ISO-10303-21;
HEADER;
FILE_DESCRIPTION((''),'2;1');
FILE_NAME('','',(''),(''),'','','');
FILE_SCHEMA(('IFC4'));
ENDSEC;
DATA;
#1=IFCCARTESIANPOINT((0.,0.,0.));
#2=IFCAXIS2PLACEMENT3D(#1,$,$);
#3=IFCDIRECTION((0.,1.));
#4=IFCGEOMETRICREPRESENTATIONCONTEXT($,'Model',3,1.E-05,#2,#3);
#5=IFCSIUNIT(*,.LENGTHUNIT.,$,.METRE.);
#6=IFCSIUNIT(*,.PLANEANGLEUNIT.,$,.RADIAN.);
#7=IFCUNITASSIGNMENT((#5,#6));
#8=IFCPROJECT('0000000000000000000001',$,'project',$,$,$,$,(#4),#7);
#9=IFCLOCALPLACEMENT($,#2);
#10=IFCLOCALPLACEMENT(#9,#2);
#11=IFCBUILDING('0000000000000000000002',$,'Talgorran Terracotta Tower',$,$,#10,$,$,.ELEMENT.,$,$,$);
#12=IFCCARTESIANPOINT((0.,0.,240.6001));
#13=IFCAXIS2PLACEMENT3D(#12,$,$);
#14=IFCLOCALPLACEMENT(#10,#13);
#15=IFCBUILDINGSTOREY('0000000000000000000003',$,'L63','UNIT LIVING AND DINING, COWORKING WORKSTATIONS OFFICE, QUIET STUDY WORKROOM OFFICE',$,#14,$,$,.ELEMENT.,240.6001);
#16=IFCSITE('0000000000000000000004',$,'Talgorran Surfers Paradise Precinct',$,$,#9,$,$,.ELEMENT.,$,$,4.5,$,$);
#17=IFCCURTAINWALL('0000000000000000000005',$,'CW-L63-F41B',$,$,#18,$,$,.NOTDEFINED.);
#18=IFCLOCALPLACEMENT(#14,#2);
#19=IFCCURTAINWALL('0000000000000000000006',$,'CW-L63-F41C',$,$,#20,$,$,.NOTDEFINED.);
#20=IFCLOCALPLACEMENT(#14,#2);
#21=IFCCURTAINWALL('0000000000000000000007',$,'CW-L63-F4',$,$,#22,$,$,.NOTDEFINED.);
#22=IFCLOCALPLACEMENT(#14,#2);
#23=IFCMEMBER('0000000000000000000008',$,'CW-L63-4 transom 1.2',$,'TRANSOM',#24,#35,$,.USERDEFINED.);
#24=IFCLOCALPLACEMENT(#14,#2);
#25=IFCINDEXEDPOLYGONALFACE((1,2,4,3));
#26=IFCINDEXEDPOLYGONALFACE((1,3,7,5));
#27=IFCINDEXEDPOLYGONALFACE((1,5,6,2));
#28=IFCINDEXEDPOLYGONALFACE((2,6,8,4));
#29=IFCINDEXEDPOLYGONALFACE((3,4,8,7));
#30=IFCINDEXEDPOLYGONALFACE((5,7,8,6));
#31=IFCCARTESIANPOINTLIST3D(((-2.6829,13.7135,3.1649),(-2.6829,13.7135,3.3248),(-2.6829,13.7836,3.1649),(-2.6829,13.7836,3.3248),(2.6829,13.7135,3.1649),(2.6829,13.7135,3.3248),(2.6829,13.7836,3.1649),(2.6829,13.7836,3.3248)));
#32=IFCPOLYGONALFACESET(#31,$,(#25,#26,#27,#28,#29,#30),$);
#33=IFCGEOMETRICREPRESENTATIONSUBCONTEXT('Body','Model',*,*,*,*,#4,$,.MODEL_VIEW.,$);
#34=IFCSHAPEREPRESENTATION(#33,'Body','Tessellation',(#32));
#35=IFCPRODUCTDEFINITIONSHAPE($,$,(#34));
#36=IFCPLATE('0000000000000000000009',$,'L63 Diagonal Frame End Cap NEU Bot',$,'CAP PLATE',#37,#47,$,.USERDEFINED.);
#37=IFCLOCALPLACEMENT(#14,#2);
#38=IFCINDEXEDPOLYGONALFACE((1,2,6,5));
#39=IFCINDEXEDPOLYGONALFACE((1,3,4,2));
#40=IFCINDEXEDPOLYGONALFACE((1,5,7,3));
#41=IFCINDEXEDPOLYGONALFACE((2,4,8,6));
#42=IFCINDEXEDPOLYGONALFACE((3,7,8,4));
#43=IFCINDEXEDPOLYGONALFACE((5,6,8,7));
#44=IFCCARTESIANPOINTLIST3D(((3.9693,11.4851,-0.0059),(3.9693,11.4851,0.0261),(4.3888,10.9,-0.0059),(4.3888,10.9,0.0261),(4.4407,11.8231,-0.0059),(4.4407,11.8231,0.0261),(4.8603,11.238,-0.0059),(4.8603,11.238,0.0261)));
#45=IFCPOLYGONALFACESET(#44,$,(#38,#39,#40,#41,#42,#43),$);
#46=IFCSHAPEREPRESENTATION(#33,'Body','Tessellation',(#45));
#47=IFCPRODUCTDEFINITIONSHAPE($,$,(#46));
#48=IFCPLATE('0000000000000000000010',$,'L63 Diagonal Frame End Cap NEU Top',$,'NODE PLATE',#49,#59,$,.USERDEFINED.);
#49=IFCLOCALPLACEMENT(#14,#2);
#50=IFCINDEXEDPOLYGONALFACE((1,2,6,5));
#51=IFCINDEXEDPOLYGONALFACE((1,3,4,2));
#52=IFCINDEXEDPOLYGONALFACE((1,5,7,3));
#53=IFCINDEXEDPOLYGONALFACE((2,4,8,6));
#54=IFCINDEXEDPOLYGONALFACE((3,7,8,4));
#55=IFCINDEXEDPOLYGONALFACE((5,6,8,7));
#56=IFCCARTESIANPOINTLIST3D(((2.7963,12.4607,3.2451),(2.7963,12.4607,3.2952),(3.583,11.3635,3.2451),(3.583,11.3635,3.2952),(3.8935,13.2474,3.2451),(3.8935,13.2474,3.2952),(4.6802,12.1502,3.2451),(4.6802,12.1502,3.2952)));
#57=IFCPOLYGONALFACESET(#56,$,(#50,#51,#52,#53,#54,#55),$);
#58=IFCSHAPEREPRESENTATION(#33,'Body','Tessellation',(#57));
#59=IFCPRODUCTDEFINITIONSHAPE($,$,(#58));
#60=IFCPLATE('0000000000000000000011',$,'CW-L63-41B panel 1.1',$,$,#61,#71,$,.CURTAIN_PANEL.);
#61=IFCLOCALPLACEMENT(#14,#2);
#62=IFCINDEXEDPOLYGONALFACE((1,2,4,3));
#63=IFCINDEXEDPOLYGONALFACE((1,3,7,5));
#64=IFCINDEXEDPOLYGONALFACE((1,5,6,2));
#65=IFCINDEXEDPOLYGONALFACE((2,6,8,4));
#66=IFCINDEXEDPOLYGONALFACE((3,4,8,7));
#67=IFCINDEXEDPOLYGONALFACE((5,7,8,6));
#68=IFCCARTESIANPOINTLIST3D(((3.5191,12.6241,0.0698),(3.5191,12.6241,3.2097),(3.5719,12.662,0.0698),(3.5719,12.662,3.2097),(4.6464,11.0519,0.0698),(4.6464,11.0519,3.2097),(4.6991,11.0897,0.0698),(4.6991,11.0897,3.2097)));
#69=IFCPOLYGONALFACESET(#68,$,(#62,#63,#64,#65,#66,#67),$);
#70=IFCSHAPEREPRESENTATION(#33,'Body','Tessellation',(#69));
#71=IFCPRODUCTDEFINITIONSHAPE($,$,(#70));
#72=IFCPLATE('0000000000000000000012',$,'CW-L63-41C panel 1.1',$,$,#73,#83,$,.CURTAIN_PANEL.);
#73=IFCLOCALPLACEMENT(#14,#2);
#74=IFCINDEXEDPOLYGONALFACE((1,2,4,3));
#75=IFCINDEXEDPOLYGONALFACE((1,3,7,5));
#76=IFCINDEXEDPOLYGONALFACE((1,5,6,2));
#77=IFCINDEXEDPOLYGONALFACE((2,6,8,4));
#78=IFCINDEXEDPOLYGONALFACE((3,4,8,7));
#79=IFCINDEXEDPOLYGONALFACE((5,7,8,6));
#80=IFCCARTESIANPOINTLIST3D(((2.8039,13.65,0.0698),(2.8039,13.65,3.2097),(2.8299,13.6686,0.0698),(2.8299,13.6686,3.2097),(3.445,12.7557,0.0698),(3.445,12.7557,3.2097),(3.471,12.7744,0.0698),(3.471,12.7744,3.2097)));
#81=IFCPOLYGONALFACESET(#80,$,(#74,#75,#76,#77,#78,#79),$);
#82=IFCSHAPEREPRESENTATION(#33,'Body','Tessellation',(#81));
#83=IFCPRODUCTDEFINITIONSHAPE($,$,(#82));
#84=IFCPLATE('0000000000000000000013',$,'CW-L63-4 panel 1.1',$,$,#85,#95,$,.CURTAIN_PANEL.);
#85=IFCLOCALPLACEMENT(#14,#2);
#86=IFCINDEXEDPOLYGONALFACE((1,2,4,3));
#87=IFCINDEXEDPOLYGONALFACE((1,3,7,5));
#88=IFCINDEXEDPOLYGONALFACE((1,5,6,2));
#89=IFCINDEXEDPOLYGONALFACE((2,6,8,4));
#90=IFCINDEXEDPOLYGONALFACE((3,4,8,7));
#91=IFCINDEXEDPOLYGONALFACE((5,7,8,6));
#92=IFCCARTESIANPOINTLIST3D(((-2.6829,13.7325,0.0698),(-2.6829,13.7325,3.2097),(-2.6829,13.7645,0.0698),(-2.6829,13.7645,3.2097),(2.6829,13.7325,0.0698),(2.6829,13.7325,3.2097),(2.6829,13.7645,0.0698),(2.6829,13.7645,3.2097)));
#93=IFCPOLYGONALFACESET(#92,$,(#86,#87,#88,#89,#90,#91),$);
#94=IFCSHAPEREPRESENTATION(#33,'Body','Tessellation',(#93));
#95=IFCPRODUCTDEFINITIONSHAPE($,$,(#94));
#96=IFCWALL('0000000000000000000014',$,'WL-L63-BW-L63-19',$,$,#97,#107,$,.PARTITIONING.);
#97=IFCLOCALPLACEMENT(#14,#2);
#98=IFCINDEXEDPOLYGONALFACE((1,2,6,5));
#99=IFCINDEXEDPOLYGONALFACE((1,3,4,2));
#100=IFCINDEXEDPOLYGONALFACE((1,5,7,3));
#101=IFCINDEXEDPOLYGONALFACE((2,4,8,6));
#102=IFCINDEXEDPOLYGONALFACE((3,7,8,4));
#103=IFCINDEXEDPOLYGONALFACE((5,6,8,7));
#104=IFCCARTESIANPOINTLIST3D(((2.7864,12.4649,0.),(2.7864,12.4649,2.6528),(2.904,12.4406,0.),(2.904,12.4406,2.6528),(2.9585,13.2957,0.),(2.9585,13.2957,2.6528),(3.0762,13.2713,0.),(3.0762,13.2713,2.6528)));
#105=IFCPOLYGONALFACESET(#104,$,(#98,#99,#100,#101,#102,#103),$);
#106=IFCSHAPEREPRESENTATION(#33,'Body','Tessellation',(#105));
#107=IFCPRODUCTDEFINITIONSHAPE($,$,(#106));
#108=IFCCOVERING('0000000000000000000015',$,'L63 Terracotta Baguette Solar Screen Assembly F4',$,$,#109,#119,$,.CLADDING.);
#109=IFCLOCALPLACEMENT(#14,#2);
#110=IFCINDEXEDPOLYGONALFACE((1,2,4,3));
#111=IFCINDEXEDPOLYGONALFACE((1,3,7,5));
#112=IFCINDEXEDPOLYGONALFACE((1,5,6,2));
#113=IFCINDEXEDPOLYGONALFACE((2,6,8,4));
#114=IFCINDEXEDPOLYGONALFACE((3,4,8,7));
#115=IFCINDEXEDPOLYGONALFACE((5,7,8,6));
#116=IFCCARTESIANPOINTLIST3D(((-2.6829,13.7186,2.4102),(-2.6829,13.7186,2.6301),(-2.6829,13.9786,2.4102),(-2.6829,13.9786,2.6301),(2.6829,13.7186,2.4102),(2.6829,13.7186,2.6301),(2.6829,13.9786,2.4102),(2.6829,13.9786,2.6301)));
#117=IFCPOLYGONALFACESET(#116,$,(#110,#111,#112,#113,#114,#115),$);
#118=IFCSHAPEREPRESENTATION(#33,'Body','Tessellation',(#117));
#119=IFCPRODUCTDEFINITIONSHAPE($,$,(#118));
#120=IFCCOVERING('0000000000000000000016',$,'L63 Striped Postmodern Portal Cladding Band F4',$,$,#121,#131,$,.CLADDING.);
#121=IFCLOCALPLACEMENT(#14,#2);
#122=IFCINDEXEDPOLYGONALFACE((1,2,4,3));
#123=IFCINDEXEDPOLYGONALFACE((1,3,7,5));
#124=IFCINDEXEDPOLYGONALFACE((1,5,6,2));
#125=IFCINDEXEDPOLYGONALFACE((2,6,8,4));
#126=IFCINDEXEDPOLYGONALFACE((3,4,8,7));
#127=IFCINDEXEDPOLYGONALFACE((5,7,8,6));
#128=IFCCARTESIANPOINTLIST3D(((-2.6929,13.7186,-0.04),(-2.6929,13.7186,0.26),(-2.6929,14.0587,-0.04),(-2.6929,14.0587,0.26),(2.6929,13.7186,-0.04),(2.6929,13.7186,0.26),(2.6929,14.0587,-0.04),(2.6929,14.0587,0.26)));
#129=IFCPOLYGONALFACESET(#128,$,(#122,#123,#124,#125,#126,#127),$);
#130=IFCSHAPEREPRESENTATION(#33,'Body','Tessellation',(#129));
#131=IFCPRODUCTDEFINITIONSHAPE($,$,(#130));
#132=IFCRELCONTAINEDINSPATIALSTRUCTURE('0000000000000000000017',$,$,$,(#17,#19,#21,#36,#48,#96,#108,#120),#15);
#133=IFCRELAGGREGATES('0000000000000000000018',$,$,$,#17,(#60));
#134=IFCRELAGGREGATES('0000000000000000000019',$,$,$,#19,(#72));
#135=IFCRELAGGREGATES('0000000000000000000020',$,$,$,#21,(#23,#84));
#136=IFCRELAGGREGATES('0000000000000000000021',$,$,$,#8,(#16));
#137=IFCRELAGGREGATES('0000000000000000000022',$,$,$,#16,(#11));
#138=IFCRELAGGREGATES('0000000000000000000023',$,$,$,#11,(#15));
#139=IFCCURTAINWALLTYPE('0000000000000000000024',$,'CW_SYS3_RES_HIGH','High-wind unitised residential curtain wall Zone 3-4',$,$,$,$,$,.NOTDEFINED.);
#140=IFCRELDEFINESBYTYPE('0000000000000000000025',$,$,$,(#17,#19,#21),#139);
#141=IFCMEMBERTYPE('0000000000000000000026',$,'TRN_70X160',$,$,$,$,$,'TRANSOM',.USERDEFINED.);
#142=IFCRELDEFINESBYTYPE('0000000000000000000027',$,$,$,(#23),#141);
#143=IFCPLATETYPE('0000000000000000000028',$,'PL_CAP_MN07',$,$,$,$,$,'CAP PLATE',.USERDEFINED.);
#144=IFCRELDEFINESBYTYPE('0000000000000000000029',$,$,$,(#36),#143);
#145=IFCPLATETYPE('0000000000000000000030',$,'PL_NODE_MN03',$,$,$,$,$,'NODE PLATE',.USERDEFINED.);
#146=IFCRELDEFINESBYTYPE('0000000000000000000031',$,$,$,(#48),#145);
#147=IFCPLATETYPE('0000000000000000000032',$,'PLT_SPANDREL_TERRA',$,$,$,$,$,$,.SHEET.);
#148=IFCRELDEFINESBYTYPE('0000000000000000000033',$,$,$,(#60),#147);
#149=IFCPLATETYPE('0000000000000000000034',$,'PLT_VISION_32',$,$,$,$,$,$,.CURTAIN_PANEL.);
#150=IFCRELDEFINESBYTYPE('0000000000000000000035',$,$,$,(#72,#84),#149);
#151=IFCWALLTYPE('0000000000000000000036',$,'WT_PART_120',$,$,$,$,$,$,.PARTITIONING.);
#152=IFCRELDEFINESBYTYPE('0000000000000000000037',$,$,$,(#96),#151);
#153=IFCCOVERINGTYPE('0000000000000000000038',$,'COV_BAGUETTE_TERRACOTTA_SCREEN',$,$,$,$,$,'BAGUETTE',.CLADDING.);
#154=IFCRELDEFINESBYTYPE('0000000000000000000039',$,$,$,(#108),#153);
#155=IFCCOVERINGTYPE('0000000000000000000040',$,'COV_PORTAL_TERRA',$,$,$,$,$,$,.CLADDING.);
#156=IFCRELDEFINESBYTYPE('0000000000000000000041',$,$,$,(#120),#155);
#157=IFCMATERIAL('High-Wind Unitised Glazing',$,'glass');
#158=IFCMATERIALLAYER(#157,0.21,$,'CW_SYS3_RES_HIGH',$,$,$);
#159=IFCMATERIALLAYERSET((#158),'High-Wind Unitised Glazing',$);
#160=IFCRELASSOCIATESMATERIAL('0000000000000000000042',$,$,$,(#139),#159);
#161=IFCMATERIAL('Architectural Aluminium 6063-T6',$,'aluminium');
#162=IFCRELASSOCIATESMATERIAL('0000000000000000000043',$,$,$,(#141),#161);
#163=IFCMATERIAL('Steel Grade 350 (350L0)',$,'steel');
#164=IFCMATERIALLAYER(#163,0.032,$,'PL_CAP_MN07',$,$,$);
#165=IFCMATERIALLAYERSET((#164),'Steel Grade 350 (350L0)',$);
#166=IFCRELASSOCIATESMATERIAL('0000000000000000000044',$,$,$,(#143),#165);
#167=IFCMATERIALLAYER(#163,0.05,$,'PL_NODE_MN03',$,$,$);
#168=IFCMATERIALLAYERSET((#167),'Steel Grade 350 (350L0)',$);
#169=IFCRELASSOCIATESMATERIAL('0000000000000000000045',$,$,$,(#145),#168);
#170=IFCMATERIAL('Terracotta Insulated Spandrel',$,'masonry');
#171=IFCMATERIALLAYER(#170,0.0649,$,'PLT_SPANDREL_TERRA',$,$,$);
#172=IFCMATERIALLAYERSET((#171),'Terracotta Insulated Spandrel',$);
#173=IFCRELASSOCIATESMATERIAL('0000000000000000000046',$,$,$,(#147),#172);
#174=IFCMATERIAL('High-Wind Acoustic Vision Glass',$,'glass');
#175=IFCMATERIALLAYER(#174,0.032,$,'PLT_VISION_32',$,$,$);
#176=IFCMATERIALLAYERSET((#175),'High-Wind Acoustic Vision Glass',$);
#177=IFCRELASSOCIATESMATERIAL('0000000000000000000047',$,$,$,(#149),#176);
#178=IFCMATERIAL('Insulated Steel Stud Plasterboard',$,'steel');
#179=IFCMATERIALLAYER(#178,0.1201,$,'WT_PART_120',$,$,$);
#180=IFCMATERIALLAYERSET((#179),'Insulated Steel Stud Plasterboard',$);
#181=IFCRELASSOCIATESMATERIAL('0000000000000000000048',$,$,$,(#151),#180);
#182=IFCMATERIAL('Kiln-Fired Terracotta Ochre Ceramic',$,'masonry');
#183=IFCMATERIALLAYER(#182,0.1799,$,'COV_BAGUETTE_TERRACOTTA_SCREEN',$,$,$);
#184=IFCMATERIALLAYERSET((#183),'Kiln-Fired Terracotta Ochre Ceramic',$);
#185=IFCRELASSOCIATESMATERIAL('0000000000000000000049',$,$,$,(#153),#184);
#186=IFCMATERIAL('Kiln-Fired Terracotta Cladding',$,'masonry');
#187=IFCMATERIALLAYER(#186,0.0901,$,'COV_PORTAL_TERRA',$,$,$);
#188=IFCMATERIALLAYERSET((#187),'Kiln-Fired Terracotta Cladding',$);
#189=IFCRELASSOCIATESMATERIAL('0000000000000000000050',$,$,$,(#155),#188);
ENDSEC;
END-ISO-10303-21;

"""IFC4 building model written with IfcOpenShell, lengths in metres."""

from ifc_helpers import new_model, si_unit, direction, frame, frame_2d, origin, origin_2d, place, context, subcontext, project, spatial, rectangle, extrude, source, transform, mapped, material, layer, layer_set, material_profile, profile_set, type_object, type_shapes, element, aggregate, save


model = new_model("IFC4")

# Units and contexts
model_context = context("Model", 3, precision=1e-05, world=origin(), true_north=direction((0.0, 1.0)))
body_context = subcontext(model_context, "Body", "Model", "MODEL_VIEW")
ifc_project = project(units=[si_unit("LENGTHUNIT", "METRE"), si_unit("PLANEANGLEUNIT", "RADIAN")], contexts=[model_context])

# Site, building, storey
site_placement = place(None, origin())
site = spatial("IfcSite", under=ifc_project, at=site_placement, Name="Talgorran Surfers Paradise Precinct", CompositionType="ELEMENT", RefElevation=4.5)
building_placement = place(site_placement, origin())
building = spatial("IfcBuilding", under=site, at=building_placement, Name="Talgorran Terracotta Tower", CompositionType="ELEMENT")
storey_placement = place(building_placement, frame((0.0, 0.0, 240.6001)))
storey = spatial("IfcBuildingStorey", under=building, at=storey_placement, Name="L63", Description="UNIT LIVING AND DINING, COWORKING WORKSTATIONS OFFICE, QUIET STUDY WORKROOM OFFICE", CompositionType="ELEMENT", Elevation=240.6001)

# Shared definitions
ifc_material_1 = material(Name="Steel Grade 350 (350L0)", Category="steel")

# Curtain wall
ifc_material_2 = material(Name="High-Wind Unitised Glazing", Category="glass")
ifc_layer_1 = layer(ifc_material_2, 0.21, Name="CW_SYS3_RES_HIGH")
ifc_layer_set_1 = layer_set([ifc_layer_1], Name="High-Wind Unitised Glazing")
curtain_wall_type = type_object("IfcCurtainWallType", Name="CW_SYS3_RES_HIGH", Description="High-wind unitised residential curtain wall Zone 3-4", PredefinedType="NOTDEFINED", material=ifc_layer_set_1)
curtain_wall_1_placement = place(storey_placement, origin())
curtain_wall_1 = element("IfcCurtainWall", 1, at=curtain_wall_1_placement, inside=storey, type_object=curtain_wall_type, Name="CW-L63-F41B", PredefinedType="NOTDEFINED")
ifc_material_3 = material(Name="Architectural Aluminium 6063-T6", Category="aluminium")

# Curtain wall
curtain_wall_2_placement = place(storey_placement, origin())
curtain_wall_2 = element("IfcCurtainWall", 2, at=curtain_wall_2_placement, inside=storey, type_object=curtain_wall_type, Name="CW-L63-F41C", PredefinedType="NOTDEFINED")

# Curtain wall
curtain_wall_3_placement = place(storey_placement, origin())
curtain_wall_3 = element("IfcCurtainWall", 3, at=curtain_wall_3_placement, inside=storey, type_object=curtain_wall_type, Name="CW-L63-F4", PredefinedType="NOTDEFINED")

# Member
ifc_material_profile_1 = material_profile(ifc_material_3, rectangle(XDim=0.0701, YDim=0.1599, at=origin_2d()), Name="CWT70X160")
ifc_profile_set_1 = profile_set([ifc_material_profile_1], Name="Architectural Aluminium 6063-T6")
member_type_1 = type_object("IfcMemberType", Name="TRN_70X160", ElementType="TRANSOM", PredefinedType="USERDEFINED", material=ifc_profile_set_1)
member_1_placement = place(storey_placement, frame((2.6829, 13.7485, 3.2449), z_axis=(-1.0, 0.0, 0.0), x_axis=(0.0, -1.0, 0.0)))
member_1 = element("IfcMember", 4, at=member_1_placement, type_object=member_type_1, Name="CW-L63-4 transom 1.2", ObjectType="TRANSOM", PredefinedType="USERDEFINED", context=body_context, shape_type="SweptSolid", body=[
    extrude(rectangle(XDim=0.0701, YDim=0.1599, at=origin_2d()), origin(), (0.0, 0.0, 1.0), 5.3657),
])

# Plates
ifc_layer_2 = layer(ifc_material_1, 0.032, Name="PL_CAP_MN07")
ifc_layer_set_2 = layer_set([ifc_layer_2], Name="Steel Grade 350 (350L0)")
plate_type_1 = type_object("IfcPlateType", Name="PL_CAP_MN07", ElementType="CAP PLATE", PredefinedType="USERDEFINED", material=ifc_layer_set_2)
plate_1_placement = place(storey_placement, frame((4.4148, 11.3616, -0.0059), z_axis=(0.0, 0.0, 1.0), x_axis=(-0.58269, 0.812694, 0.0)))
element("IfcPlate", 5, at=plate_1_placement, inside=storey, type_object=plate_type_1, Name="L63 Diagonal Frame End Cap NEU Bot", ObjectType="CAP PLATE", PredefinedType="USERDEFINED", context=body_context, shape_type="SweptSolid", body=[
    extrude(rectangle(XDim=0.72, YDim=0.5801, at=origin_2d()), origin(), (0.0, 0.0, 1.0), 0.032),
])
ifc_layer_3 = layer(ifc_material_1, 0.05, Name="PL_NODE_MN03")
ifc_layer_set_3 = layer_set([ifc_layer_3], Name="Steel Grade 350 (350L0)")
plate_type_2 = type_object("IfcPlateType", Name="PL_NODE_MN03", ElementType="NODE PLATE", PredefinedType="USERDEFINED", material=ifc_layer_set_3)
plate_2_placement = place(storey_placement, frame((3.7383, 12.3054, 3.2451), z_axis=(0.0, 0.0, 1.0), x_axis=(-0.58269, 0.812694, 0.0)))
element("IfcPlate", 6, at=plate_2_placement, inside=storey, type_object=plate_type_2, Name="L63 Diagonal Frame End Cap NEU Top", ObjectType="NODE PLATE", PredefinedType="USERDEFINED", context=body_context, shape_type="SweptSolid", body=[
    extrude(rectangle(XDim=1.3501, YDim=1.3501, at=origin_2d()), origin(), (0.0, 0.0, 1.0), 0.05),
])

# Plates
ifc_material_4 = material(Name="Terracotta Insulated Spandrel", Category="masonry")
ifc_layer_4 = layer(ifc_material_4, 0.0649, Name="PLT_SPANDREL_TERRA")
ifc_layer_set_4 = layer_set([ifc_layer_4], Name="Terracotta Insulated Spandrel")
plate_type_3 = type_object("IfcPlateType", Name="PLT_SPANDREL_TERRA", PredefinedType="SHEET", material=ifc_layer_set_4)
shared_shape_1 = source(origin(), body_context, "Body", "SweptSolid", [
    extrude(rectangle(XDim=1.9346, YDim=0.0649, at=origin_2d()), origin(), (0.0, 0.0, 1.0), 3.1399),
])
type_shapes(plate_type_3, [shared_shape_1])
plate_3_placement = place(storey_placement, frame((4.1091, 11.8569, 0.0698), z_axis=(0.0, 0.0, 1.0), x_axis=(-0.582678, 0.812703, 0.0)))
plate_3 = element("IfcPlate", 7, at=plate_3_placement, type_object=plate_type_3, Name="CW-L63-41B panel 1.1", PredefinedType="CURTAIN_PANEL", context=body_context, shape_type="MappedRepresentation", body=[
    mapped(shared_shape_1, transform((0.0, 0.0, 0.0), scale=1.0)),
])
aggregate(curtain_wall_1, [plate_3])
ifc_material_5 = material(Name="High-Wind Acoustic Vision Glass", Category="glass")
ifc_layer_5 = layer(ifc_material_5, 0.032, Name="PLT_VISION_32")
ifc_layer_set_5 = layer_set([ifc_layer_5], Name="High-Wind Acoustic Vision Glass")
plate_type_4 = type_object("IfcPlateType", Name="PLT_VISION_32", PredefinedType="CURTAIN_PANEL", material=ifc_layer_set_5)
shared_shape_2 = source(origin(), body_context, "Body", "SweptSolid", [
    extrude(rectangle(XDim=1.1003, YDim=0.032, at=origin_2d()), origin(), (0.0, 0.0, 1.0), 3.1399),
])
plate_4_placement = place(storey_placement, frame((3.1375, 13.2122, 0.0698), z_axis=(0.0, 0.0, 1.0), x_axis=(-0.582679, 0.812703, 0.0)))
plate_4 = element("IfcPlate", 8, at=plate_4_placement, type_object=plate_type_4, Name="CW-L63-41C panel 1.1", PredefinedType="CURTAIN_PANEL", context=body_context, shape_type="MappedRepresentation", body=[
    mapped(shared_shape_2, transform((0.0, 0.0, 0.0), scale=1.0)),
])
aggregate(curtain_wall_2, [plate_4])
shared_shape_3 = source(origin(), body_context, "Body", "SweptSolid", [
    extrude(rectangle(XDim=5.3657, YDim=0.032, at=origin_2d()), origin(), (0.0, 0.0, 1.0), 3.1399),
])
type_shapes(plate_type_4, [shared_shape_2, shared_shape_3])
plate_5_placement = place(storey_placement, frame((0.0, 13.7485, 0.0698), z_axis=(0.0, 0.0, 1.0), x_axis=(-1.0, 0.0, 0.0)))
plate_5 = element("IfcPlate", 9, at=plate_5_placement, type_object=plate_type_4, Name="CW-L63-4 panel 1.1", PredefinedType="CURTAIN_PANEL", context=body_context, shape_type="MappedRepresentation", body=[
    mapped(shared_shape_3, transform((0.0, 0.0, 0.0), scale=1.0)),
])
aggregate(curtain_wall_3, [member_1, plate_5])

# Wall
ifc_material_6 = material(Name="Insulated Steel Stud Plasterboard", Category="steel")
ifc_layer_6 = layer(ifc_material_6, 0.1201, Name="WT_PART_120")
ifc_layer_set_6 = layer_set([ifc_layer_6], Name="Insulated Steel Stud Plasterboard")
wall_type = type_object("IfcWallType", Name="WT_PART_120", PredefinedType="PARTITIONING", material=ifc_layer_set_6)
wall_placement = place(storey_placement, frame((2.8452, 12.4526, 0.0), z_axis=(0.0, 0.0, 1.0), x_axis=(0.202863, 0.979207, 0.0)))
element("IfcWall", 10, at=wall_placement, inside=storey, type_object=wall_type, Name="WL-L63-BW-L63-19", PredefinedType="PARTITIONING", context=body_context, shape_type="SweptSolid", body=[
    extrude(rectangle(XDim=0.8484, YDim=0.1201, at=frame_2d((0.4243, 0.0))), origin(), (0.0, 0.0, 1.0), 2.6528),
])

# Coverings
ifc_material_7 = material(Name="Kiln-Fired Terracotta Ochre Ceramic", Category="masonry")
ifc_layer_7 = layer(ifc_material_7, 0.1799, Name="COV_BAGUETTE_TERRACOTTA_SCREEN")
ifc_layer_set_7 = layer_set([ifc_layer_7], Name="Kiln-Fired Terracotta Ochre Ceramic")
covering_type_1 = type_object("IfcCoveringType", Name="COV_BAGUETTE_TERRACOTTA_SCREEN", ElementType="BAGUETTE", PredefinedType="CLADDING", material=ifc_layer_set_7)
covering_1_placement = place(storey_placement, frame((0.0, 13.8486, 2.4102), z_axis=(0.0, 0.0, 1.0), x_axis=(-1.0, 0.0, 0.0)))
element("IfcCovering", 11, at=covering_1_placement, inside=storey, type_object=covering_type_1, Name="L63 Terracotta Baguette Solar Screen Assembly F4", PredefinedType="CLADDING", context=body_context, shape_type="SweptSolid", body=[
    extrude(rectangle(XDim=5.3657, YDim=0.26, at=origin_2d()), origin(), (0.0, 0.0, 1.0), 0.22),
])
ifc_material_8 = material(Name="Kiln-Fired Terracotta Cladding", Category="masonry")
ifc_layer_8 = layer(ifc_material_8, 0.0901, Name="COV_PORTAL_TERRA")
ifc_layer_set_8 = layer_set([ifc_layer_8], Name="Kiln-Fired Terracotta Cladding")
covering_type_2 = type_object("IfcCoveringType", Name="COV_PORTAL_TERRA", PredefinedType="CLADDING", material=ifc_layer_set_8)
covering_2_placement = place(storey_placement, frame((0.0, 13.8887, -0.04), z_axis=(0.0, 0.0, 1.0), x_axis=(-1.0, 0.0, 0.0)))
element("IfcCovering", 12, at=covering_2_placement, inside=storey, type_object=covering_type_2, Name="L63 Striped Postmodern Portal Cladding Band F4", PredefinedType="CLADDING", context=body_context, shape_type="SweptSolid", body=[
    extrude(rectangle(XDim=5.3857, YDim=0.3401, at=origin_2d()), origin(), (0.0, 0.0, 1.0), 0.3),
])

save(model, "model.ifc")
